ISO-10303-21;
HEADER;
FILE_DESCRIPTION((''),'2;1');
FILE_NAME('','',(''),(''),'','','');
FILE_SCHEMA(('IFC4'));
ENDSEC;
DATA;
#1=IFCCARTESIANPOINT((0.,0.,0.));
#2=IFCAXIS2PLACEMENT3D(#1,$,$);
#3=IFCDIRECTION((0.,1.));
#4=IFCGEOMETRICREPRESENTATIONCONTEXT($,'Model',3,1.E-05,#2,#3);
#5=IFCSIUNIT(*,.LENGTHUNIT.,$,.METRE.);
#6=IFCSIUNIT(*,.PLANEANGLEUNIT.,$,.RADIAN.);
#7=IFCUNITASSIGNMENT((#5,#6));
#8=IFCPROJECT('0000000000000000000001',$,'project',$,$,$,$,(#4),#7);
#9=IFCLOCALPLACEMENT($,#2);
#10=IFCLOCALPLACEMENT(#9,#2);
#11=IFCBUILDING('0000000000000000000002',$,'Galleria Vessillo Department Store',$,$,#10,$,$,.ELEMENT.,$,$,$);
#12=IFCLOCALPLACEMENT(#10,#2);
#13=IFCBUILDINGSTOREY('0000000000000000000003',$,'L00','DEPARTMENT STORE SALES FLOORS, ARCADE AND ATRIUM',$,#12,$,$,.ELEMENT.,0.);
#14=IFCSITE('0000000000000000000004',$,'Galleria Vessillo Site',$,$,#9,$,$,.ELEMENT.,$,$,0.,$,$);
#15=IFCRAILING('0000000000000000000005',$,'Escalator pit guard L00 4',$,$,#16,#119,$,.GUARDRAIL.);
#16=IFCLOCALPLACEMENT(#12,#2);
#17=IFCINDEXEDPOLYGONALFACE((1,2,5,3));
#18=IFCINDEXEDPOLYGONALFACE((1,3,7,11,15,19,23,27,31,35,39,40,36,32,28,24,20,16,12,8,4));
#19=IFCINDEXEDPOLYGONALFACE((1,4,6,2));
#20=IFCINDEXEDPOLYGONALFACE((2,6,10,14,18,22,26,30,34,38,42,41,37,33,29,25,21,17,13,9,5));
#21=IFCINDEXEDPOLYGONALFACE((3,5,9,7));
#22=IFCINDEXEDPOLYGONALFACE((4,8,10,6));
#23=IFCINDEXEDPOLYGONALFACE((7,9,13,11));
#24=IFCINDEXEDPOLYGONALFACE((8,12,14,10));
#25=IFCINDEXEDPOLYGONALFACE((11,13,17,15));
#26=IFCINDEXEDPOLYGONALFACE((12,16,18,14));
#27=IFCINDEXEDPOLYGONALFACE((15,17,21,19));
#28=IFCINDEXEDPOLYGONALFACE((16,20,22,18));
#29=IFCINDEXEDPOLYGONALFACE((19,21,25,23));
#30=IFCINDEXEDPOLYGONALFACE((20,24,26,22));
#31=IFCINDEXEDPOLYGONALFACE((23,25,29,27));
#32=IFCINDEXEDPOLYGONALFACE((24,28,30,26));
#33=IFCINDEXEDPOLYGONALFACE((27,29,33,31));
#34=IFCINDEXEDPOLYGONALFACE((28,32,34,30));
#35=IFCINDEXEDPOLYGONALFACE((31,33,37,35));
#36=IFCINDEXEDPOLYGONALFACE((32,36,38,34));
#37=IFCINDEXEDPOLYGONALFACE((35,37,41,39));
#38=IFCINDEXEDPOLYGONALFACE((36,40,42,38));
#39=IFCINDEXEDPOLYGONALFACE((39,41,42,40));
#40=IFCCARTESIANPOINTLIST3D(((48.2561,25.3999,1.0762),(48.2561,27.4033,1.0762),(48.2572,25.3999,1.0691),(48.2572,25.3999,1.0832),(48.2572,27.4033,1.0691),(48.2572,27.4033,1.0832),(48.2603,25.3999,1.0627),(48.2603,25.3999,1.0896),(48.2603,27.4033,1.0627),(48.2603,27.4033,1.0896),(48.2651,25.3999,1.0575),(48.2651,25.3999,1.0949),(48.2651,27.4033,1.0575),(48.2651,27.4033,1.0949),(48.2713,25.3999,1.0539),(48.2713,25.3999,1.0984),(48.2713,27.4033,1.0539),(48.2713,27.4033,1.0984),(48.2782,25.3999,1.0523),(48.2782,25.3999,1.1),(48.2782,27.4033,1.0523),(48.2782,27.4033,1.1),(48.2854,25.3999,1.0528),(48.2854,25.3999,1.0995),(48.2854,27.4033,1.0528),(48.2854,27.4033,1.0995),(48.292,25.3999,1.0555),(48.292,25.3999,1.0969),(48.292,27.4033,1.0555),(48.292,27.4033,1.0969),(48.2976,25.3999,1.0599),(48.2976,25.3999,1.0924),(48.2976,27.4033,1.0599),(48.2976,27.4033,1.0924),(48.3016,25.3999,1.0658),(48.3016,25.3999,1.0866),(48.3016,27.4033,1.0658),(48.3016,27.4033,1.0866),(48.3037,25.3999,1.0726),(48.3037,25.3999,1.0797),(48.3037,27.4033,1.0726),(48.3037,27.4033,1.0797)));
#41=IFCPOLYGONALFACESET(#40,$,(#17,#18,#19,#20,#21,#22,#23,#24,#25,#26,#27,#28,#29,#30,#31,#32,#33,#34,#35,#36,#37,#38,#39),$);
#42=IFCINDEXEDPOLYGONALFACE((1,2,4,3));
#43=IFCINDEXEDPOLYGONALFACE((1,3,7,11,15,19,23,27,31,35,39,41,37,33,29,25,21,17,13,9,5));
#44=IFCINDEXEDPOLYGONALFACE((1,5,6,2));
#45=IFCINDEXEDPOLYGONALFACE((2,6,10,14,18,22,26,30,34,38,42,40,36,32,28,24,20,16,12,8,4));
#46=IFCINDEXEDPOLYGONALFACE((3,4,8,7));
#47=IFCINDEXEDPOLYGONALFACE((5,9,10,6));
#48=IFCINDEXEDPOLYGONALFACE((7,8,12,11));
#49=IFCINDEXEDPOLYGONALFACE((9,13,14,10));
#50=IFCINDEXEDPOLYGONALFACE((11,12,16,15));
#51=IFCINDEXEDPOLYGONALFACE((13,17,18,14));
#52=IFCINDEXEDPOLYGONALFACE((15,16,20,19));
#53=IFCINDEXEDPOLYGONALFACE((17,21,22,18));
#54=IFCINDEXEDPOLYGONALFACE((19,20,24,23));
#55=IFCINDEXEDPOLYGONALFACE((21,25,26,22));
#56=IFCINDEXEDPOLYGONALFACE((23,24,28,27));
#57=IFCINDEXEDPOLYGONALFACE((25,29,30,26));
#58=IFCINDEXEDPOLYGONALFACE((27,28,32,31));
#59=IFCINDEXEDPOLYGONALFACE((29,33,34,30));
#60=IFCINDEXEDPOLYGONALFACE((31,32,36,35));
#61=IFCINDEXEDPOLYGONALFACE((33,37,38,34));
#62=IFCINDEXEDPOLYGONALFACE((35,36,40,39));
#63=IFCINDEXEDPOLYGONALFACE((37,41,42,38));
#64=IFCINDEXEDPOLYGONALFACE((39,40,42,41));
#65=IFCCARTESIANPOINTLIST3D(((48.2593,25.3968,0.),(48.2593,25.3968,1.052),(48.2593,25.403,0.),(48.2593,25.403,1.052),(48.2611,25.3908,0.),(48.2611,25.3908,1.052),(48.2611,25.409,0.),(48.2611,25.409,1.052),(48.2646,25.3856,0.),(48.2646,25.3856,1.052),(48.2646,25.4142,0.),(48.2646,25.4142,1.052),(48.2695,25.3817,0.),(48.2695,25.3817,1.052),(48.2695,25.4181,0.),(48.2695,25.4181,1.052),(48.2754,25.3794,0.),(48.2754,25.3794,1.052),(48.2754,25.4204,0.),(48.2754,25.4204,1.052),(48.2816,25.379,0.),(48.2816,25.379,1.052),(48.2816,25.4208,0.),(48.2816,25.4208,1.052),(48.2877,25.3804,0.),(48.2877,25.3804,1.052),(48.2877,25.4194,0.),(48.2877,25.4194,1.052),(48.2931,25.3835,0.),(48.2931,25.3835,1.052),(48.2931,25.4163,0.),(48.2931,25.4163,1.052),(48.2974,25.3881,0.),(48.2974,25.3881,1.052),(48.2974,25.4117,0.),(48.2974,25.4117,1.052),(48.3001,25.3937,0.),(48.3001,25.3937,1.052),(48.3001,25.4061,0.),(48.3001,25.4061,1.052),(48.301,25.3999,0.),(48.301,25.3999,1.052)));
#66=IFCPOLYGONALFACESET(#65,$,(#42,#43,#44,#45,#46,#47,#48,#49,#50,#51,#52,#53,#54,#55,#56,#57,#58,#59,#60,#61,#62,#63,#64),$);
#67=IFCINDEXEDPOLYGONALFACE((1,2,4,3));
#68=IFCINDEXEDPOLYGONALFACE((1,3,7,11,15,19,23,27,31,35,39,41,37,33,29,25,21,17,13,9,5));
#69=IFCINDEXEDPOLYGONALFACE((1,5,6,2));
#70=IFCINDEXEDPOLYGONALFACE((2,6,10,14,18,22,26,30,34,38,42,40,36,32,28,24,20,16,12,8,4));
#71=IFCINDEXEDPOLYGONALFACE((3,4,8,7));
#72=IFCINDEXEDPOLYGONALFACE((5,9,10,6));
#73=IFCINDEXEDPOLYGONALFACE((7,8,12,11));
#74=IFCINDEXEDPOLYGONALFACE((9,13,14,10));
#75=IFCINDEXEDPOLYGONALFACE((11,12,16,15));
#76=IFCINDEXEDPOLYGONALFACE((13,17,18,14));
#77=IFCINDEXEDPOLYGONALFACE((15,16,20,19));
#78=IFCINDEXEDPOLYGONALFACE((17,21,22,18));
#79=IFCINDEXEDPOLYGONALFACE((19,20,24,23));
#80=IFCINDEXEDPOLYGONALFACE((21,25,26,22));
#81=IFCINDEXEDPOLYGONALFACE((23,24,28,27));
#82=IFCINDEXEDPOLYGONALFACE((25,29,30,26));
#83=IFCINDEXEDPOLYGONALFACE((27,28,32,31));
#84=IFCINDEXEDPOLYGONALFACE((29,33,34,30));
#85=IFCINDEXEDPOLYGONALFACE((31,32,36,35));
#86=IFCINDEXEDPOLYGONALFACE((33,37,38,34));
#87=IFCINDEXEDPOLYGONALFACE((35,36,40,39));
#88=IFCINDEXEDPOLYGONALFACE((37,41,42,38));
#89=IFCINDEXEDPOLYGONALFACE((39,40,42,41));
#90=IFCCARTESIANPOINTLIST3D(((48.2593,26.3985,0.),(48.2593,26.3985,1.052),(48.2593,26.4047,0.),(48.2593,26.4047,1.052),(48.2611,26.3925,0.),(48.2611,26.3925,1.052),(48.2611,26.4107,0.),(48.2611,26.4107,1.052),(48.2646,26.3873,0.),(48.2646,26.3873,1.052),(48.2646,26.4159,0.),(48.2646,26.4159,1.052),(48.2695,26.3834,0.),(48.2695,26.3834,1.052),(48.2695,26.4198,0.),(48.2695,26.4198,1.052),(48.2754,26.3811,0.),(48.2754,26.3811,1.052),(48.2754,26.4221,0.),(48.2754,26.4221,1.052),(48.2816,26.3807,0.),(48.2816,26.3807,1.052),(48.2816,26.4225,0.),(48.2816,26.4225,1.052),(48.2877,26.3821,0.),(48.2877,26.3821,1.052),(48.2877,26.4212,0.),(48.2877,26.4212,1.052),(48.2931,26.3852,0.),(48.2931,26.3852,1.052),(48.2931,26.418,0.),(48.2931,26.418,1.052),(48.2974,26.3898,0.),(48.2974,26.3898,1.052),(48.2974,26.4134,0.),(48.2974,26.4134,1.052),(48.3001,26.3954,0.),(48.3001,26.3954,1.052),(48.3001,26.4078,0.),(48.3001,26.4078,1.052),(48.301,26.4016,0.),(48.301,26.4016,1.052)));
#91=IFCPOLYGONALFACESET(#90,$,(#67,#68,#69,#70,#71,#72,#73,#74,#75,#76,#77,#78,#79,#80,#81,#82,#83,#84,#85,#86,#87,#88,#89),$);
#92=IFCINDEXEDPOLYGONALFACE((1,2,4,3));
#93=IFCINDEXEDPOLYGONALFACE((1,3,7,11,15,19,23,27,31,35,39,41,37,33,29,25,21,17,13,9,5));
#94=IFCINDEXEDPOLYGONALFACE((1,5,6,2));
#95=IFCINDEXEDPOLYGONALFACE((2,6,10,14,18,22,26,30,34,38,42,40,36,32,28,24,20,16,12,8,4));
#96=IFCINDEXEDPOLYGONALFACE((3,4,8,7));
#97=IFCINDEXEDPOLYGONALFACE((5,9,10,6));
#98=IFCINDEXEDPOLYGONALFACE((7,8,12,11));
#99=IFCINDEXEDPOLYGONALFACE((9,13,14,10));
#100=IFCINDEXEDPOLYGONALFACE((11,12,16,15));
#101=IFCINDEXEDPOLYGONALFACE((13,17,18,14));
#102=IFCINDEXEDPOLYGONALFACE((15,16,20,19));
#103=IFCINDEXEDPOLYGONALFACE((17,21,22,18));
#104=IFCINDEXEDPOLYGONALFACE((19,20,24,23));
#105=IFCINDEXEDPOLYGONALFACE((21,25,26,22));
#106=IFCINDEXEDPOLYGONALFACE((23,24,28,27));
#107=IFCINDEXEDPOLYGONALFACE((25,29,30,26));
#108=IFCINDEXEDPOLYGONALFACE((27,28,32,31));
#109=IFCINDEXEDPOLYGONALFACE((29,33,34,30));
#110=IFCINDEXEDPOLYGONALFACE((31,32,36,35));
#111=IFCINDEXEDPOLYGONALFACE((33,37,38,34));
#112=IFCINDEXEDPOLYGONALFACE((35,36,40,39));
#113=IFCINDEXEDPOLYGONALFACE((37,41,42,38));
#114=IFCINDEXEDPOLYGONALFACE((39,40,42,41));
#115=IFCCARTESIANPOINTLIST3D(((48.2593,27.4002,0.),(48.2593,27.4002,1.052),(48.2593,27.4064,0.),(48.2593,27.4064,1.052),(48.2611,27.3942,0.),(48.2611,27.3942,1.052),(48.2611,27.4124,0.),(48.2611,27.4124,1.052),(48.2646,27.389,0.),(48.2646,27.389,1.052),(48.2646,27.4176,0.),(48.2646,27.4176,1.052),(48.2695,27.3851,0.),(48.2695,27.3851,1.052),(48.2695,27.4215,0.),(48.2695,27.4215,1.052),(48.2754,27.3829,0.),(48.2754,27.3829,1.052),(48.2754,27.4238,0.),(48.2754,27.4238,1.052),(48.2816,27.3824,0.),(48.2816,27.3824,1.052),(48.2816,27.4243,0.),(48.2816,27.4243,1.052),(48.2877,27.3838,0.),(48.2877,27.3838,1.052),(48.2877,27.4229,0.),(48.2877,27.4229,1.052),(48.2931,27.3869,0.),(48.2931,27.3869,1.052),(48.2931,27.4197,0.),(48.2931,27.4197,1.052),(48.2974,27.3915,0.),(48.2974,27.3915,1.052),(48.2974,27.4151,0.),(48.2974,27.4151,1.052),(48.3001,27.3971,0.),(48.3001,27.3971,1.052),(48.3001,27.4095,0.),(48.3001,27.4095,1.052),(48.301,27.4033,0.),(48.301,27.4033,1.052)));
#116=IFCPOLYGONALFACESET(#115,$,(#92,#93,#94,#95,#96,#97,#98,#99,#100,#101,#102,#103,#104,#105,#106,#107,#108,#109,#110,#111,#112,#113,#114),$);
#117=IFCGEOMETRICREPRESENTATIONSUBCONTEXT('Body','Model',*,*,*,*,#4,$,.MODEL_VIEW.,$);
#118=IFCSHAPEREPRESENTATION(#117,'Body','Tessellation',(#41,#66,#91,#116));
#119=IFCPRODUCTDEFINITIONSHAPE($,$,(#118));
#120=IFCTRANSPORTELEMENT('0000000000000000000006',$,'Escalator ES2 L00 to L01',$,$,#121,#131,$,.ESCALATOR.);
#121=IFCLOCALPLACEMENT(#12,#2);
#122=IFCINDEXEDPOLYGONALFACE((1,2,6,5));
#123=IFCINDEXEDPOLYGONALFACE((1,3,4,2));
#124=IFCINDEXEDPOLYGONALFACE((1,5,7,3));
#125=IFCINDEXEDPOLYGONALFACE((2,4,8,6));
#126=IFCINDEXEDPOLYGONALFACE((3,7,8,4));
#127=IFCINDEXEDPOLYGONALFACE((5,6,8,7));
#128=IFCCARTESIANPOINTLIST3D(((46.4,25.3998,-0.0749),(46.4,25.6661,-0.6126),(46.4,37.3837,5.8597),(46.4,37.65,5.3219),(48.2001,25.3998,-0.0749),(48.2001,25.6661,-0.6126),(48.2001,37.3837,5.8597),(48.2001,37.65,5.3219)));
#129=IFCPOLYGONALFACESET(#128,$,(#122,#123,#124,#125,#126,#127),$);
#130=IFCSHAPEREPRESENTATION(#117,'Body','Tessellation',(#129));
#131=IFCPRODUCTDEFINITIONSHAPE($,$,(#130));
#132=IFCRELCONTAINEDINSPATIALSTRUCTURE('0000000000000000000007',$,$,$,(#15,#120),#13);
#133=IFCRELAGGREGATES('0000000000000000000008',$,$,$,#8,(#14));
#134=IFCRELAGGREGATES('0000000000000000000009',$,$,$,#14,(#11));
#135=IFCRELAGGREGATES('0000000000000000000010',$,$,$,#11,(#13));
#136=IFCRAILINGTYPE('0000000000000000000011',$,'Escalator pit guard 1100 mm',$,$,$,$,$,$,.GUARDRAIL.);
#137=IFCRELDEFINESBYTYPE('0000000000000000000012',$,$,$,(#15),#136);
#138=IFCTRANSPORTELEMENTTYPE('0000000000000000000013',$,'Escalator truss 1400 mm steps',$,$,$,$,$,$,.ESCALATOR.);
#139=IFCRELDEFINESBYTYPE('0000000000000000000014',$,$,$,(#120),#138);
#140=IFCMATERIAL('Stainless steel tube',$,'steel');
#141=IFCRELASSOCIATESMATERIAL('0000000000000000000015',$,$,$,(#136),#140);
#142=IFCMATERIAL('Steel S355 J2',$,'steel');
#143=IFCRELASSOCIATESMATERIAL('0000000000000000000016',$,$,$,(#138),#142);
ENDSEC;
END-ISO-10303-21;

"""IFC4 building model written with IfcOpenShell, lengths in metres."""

from ifc_helpers import new_model, si_unit, direction, frame, origin, origin_2d, place, context, subcontext, project, spatial, rectangle, circle, extrude, material, material_profile, profile_set, type_object, element, save


model = new_model("IFC4")

# Units and contexts
model_context = context("Model", 3, precision=1e-05, world=origin(), true_north=direction((0.0, 1.0)))
body_context = subcontext(model_context, "Body", "Model", "MODEL_VIEW")
ifc_project = project(units=[si_unit("LENGTHUNIT", "METRE"), si_unit("PLANEANGLEUNIT", "RADIAN")], contexts=[model_context])

# Site, building, storey
site_placement = place(None, origin())
site = spatial("IfcSite", under=ifc_project, at=site_placement, Name="Galleria Vessillo Site", CompositionType="ELEMENT", RefElevation=0.0)
building_placement = place(site_placement, origin())
building = spatial("IfcBuilding", under=site, at=building_placement, Name="Galleria Vessillo Department Store", CompositionType="ELEMENT")
storey_placement = place(building_placement, origin())
storey = spatial("IfcBuildingStorey", under=building, at=storey_placement, Name="L00", Description="DEPARTMENT STORE SALES FLOORS, ARCADE AND ATRIUM", CompositionType="ELEMENT", Elevation=0.0)

# Railing
ifc_material_1 = material(Name="Stainless steel tube", Category="steel")
railing_type_1 = type_object("IfcRailingType", Name="Escalator pit guard 1100 mm", PredefinedType="GUARDRAIL", material=ifc_material_1)
for number, where, name in (
    (1, (48.28, 25.3999, 0.0), "Escalator pit guard L00 4"),
):
    element("IfcRailing", number, at=place(storey_placement, frame(where)), inside=storey, type_object=railing_type_1, Name=name, PredefinedType="GUARDRAIL", context=body_context, shape_type="SweptSolid", body=[
        extrude(circle(Radius=0.0239, at=origin_2d()), frame((0.0, 0.0, 1.0762), z_axis=(0.0, 1.0, 0.0), x_axis=(-1.0, 0.0, 0.0)), (0.0, 0.0, 1.0), 2.0034),
        extrude(circle(Radius=0.021, at=origin_2d()), origin(), (0.0, 0.0, 1.0), 1.052),
        extrude(circle(Radius=0.021, at=origin_2d()), frame((0.0, 1.0017, 0.0)), (0.0, 0.0, 1.0), 1.052),
        extrude(circle(Radius=0.021, at=origin_2d()), frame((0.0, 2.0034, 0.0)), (0.0, 0.0, 1.0), 1.052),
    ])

# Transport element
ifc_material_2 = material(Name="Steel S355 J2", Category="steel")
ifc_material_profile_1 = material_profile(ifc_material_2, rectangle(XDim=1.8, YDim=0.6001, at=origin_2d()), Name="Escalator truss 1800 x 600")
ifc_profile_set_1 = profile_set([ifc_material_profile_1], Name="Steel S355 J2")
transport_element_type = type_object("IfcTransportElementType", Name="Escalator truss 1400 mm steps", PredefinedType="ESCALATOR", material=ifc_profile_set_1)
transport_element_placement = place(storey_placement, frame((47.3, 25.533, -0.3438), z_axis=(0.0, 0.896137, 0.443778), x_axis=(-1.0, 0.0, 0.0)))
element("IfcTransportElement", 2, at=transport_element_placement, inside=storey, type_object=transport_element_type, Name="Escalator ES2 L00 to L01", PredefinedType="ESCALATOR", context=body_context, shape_type="SweptSolid", body=[
    extrude(rectangle(XDim=1.8, YDim=0.6001, at=origin_2d()), origin(), (0.0, 0.0, 1.0), 13.3728),
])

save(model, "model.ifc")
